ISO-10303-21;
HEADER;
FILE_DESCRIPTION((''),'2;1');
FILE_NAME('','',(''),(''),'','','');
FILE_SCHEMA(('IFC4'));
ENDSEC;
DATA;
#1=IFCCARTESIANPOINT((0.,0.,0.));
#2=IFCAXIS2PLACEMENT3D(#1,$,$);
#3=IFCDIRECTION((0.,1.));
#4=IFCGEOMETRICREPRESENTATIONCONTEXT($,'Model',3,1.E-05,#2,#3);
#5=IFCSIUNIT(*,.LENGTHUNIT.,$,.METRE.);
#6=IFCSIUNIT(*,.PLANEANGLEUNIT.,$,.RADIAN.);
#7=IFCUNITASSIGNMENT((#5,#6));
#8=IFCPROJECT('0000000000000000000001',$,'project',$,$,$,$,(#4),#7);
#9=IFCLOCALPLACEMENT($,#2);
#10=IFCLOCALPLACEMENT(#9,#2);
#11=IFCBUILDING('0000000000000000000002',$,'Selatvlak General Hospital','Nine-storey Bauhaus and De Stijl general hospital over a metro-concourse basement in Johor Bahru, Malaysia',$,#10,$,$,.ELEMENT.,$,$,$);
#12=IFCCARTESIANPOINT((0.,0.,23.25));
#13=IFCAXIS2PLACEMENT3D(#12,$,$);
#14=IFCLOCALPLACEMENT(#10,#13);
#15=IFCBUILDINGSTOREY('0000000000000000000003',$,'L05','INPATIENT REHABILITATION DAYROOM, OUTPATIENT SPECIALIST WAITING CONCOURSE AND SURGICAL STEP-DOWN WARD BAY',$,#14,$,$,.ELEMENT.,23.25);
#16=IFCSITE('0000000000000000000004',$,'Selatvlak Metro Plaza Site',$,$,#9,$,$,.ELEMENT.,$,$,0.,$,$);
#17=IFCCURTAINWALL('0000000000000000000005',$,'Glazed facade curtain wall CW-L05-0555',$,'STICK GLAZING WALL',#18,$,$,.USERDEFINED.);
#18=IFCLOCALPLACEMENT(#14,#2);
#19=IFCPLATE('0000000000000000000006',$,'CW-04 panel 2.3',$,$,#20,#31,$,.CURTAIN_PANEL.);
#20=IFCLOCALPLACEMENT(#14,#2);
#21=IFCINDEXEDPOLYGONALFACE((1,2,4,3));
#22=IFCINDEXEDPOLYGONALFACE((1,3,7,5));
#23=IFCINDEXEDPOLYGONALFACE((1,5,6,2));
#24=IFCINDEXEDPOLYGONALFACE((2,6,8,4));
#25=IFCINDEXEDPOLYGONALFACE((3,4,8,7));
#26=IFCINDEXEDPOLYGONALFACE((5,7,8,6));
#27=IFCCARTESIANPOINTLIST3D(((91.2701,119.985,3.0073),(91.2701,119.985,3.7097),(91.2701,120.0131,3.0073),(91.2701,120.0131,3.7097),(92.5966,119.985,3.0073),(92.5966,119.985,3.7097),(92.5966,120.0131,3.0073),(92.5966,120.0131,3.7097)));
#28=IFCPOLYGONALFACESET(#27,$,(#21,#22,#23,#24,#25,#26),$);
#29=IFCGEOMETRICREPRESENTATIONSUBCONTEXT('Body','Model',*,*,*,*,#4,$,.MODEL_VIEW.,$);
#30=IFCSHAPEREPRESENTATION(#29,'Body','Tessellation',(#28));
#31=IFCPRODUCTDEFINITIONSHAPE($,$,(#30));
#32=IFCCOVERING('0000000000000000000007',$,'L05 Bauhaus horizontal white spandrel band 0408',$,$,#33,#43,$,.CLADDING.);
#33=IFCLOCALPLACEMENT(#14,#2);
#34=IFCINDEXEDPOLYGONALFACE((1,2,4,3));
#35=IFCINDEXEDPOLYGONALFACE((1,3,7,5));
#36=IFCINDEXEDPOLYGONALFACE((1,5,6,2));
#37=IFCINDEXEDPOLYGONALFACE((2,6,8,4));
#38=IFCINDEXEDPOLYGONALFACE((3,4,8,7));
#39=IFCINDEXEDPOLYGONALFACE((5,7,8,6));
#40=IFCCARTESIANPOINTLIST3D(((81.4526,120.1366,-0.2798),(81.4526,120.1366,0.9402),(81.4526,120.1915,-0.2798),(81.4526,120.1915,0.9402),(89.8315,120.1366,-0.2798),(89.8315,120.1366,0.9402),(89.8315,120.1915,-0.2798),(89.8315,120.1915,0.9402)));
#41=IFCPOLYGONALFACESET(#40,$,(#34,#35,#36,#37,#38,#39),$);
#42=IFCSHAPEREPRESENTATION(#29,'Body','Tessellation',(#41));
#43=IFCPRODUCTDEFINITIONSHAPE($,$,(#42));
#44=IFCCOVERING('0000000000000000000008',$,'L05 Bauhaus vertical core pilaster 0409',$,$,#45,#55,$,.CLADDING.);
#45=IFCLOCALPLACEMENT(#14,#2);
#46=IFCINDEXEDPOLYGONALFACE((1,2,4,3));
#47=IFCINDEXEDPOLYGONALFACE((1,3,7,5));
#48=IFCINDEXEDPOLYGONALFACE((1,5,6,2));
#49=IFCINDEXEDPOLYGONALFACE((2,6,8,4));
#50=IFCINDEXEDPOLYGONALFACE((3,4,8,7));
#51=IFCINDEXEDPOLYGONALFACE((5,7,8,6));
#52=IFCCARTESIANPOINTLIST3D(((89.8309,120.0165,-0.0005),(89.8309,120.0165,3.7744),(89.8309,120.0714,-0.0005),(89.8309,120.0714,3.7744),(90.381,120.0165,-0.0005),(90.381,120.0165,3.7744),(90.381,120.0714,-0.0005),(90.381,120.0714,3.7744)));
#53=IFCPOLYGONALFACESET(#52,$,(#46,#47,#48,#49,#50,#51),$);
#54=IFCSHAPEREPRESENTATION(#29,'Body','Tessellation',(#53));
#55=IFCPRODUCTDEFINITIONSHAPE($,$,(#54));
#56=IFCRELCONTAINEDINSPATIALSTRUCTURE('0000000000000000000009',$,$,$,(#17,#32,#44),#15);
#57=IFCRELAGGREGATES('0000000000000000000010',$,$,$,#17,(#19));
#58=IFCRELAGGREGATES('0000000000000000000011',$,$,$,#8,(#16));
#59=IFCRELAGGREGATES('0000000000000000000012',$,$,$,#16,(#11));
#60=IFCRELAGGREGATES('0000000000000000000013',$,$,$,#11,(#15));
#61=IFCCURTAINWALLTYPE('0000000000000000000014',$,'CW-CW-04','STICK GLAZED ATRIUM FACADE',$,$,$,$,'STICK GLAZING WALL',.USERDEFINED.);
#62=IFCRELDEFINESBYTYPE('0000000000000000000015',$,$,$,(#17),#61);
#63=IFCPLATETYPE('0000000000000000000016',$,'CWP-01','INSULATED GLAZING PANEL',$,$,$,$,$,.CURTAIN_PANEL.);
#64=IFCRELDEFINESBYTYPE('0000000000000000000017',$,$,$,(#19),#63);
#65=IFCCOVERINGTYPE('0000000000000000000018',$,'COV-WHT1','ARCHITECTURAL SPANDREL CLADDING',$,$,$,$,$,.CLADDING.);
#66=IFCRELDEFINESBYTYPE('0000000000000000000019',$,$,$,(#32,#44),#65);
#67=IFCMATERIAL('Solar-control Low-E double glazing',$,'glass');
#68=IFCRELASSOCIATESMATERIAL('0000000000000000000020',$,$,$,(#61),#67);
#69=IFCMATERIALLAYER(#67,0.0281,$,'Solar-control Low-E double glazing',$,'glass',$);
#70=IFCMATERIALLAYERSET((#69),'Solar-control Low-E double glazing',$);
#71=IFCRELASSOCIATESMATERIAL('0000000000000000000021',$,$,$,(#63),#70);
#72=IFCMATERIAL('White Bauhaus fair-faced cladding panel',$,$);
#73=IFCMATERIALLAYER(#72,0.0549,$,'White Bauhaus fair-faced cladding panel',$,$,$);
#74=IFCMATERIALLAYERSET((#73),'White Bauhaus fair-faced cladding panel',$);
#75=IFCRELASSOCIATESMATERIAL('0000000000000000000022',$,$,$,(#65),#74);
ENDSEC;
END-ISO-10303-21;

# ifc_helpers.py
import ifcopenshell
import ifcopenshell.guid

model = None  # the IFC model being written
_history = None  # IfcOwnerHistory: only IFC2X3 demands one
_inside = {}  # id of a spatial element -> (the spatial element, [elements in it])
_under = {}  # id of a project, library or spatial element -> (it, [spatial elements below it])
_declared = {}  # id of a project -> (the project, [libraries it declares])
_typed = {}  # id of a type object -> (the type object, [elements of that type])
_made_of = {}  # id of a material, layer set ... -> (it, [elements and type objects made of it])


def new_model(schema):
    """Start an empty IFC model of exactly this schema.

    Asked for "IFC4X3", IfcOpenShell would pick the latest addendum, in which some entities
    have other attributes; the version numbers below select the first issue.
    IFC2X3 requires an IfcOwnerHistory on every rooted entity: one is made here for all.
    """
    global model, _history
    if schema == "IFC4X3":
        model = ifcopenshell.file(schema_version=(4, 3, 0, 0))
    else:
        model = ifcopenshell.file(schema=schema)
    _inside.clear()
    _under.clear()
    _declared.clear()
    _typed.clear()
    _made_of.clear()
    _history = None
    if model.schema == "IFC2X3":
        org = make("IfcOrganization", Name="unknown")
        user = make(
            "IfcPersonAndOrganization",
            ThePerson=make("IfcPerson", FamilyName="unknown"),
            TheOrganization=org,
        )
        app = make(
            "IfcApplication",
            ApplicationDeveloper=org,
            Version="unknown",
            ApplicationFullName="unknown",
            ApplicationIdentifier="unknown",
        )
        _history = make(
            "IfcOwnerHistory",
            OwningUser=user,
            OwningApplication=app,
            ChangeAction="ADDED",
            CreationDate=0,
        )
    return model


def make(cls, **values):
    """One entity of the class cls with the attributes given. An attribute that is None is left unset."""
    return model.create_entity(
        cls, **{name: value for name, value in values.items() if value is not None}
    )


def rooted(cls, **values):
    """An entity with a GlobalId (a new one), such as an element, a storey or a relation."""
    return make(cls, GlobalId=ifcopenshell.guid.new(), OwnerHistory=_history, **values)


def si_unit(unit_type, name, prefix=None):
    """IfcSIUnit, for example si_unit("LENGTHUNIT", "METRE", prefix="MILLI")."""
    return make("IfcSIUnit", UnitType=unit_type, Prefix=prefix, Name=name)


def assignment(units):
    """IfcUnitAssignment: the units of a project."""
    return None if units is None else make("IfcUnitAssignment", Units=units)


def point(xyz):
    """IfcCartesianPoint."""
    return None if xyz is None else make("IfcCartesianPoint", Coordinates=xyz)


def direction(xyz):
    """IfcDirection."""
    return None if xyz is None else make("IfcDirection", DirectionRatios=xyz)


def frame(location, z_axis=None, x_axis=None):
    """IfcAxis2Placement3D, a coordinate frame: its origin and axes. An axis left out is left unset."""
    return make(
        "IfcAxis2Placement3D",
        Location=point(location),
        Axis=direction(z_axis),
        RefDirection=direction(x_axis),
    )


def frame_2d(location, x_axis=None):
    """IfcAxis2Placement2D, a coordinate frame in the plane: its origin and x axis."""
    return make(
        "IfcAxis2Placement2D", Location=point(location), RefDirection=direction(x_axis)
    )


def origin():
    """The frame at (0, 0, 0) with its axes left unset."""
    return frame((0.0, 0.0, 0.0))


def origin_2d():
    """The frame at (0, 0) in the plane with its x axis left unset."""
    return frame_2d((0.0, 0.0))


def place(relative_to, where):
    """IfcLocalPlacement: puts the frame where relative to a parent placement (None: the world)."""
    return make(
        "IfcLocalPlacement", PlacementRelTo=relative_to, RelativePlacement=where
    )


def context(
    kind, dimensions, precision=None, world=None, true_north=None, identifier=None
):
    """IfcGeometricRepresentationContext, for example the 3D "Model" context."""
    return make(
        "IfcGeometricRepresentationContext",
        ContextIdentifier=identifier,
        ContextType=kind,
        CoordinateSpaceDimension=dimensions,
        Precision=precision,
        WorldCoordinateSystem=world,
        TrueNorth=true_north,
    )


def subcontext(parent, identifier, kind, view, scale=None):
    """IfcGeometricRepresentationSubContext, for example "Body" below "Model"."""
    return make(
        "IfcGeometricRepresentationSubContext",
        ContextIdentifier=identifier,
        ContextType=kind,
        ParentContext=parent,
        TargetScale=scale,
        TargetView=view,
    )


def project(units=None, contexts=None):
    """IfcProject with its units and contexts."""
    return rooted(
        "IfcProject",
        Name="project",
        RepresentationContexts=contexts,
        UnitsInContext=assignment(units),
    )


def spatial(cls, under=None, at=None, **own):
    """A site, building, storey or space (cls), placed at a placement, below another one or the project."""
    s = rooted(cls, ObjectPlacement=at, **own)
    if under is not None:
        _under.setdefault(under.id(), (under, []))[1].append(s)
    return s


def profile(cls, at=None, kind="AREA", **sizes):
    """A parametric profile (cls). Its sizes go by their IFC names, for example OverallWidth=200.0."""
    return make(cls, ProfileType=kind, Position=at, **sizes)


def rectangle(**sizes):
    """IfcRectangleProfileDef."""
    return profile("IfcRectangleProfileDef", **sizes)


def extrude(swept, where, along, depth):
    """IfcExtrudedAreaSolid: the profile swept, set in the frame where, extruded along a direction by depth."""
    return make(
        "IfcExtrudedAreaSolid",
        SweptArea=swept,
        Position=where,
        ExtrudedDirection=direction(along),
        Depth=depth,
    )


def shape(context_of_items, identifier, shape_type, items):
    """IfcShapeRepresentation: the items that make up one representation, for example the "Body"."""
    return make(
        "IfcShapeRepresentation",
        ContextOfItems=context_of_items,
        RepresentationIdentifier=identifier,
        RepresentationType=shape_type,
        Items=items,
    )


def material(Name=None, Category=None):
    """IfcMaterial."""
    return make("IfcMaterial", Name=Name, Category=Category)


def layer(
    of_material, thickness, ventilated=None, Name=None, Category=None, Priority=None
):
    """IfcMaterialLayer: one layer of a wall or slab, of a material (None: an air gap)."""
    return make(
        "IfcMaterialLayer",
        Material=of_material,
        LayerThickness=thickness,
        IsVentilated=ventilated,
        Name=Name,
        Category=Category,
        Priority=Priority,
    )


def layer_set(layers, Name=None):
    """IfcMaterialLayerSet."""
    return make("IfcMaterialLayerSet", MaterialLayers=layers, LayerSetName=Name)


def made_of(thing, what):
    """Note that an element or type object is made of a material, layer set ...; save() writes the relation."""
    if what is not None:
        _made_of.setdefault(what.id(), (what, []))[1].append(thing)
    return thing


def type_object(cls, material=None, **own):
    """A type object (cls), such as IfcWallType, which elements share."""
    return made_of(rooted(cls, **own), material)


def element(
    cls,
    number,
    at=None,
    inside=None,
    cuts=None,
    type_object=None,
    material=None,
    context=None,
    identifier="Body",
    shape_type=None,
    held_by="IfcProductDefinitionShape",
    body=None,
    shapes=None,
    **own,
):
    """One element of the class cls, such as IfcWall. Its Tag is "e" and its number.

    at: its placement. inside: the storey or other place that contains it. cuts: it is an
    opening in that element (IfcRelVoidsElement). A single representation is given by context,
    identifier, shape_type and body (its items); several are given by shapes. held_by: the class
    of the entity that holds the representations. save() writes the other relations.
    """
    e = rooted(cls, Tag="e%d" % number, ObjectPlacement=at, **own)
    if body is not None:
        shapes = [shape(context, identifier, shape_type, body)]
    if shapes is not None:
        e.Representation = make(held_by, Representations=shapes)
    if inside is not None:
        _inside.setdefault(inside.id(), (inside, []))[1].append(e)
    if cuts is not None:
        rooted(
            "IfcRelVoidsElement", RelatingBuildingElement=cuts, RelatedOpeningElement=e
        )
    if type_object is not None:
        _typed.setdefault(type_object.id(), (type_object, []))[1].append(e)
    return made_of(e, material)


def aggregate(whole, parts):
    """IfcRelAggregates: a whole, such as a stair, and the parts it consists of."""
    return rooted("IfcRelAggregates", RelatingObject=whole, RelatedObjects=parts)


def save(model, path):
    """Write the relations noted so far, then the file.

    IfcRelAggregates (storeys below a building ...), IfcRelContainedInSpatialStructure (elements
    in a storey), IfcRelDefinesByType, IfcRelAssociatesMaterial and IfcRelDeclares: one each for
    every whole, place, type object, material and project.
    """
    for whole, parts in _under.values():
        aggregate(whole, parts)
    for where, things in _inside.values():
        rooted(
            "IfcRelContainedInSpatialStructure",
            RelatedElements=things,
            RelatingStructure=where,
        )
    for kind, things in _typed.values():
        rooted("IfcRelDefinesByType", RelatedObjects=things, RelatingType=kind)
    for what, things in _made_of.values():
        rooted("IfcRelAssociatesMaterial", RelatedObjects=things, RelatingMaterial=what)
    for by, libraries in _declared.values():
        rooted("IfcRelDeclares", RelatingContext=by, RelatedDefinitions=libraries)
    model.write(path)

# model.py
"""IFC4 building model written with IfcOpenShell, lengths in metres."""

from ifc_helpers import new_model, si_unit, direction, frame, origin, origin_2d, place, context, subcontext, project, spatial, rectangle, extrude, material, layer, layer_set, type_object, element, aggregate, save


model = new_model("IFC4")

# Units and contexts
model_context = context("Model", 3, precision=1e-05, world=origin(), true_north=direction((0.0, 1.0)))
body_context = subcontext(model_context, "Body", "Model", "MODEL_VIEW")
ifc_project = project(units=[si_unit("LENGTHUNIT", "METRE"), si_unit("PLANEANGLEUNIT", "RADIAN")], contexts=[model_context])

# Site, building, storey
site_placement = place(None, origin())
site = spatial("IfcSite", under=ifc_project, at=site_placement, Name="Selatvlak Metro Plaza Site", CompositionType="ELEMENT", RefElevation=0.0)
building_placement = place(site_placement, origin())
building = spatial("IfcBuilding", under=site, at=building_placement, Name="Selatvlak General Hospital", Description="Nine-storey Bauhaus and De Stijl general hospital over a metro-concourse basement in Johor Bahru, Malaysia", CompositionType="ELEMENT")
storey_placement = place(building_placement, frame((0.0, 0.0, 23.25)))
storey = spatial("IfcBuildingStorey", under=building, at=storey_placement, Name="L05", Description="INPATIENT REHABILITATION DAYROOM, OUTPATIENT SPECIALIST WAITING CONCOURSE AND SURGICAL STEP-DOWN WARD BAY", CompositionType="ELEMENT", Elevation=23.25)

# Curtain wall
ifc_material_1 = material(Name="Solar-control Low-E double glazing", Category="glass")
curtain_wall_type_1 = type_object("IfcCurtainWallType", Name="CW-CW-04", Description="STICK GLAZED ATRIUM FACADE", ElementType="STICK GLAZING WALL", PredefinedType="USERDEFINED", material=ifc_material_1)
curtain_wall_1_placement = place(storey_placement, origin())
curtain_wall_1 = element("IfcCurtainWall", 1, at=curtain_wall_1_placement, inside=storey, type_object=curtain_wall_type_1, Name="Glazed facade curtain wall CW-L05-0555", ObjectType="STICK GLAZING WALL", PredefinedType="USERDEFINED")

# Plate
ifc_layer_1 = layer(ifc_material_1, 0.0281, Name="Solar-control Low-E double glazing", Category="glass")
ifc_layer_set_1 = layer_set([ifc_layer_1], Name="Solar-control Low-E double glazing")
plate_type = type_object("IfcPlateType", Name="CWP-01", Description="INSULATED GLAZING PANEL", PredefinedType="CURTAIN_PANEL", material=ifc_layer_set_1)
plate_1_placement = place(storey_placement, frame((91.9333, 119.999, 3.0073), z_axis=(0.0, 0.0, 1.0), x_axis=(1.0, 0.0, 0.0)))
plate_1 = element("IfcPlate", 2, at=plate_1_placement, type_object=plate_type, Name="CW-04 panel 2.3", PredefinedType="CURTAIN_PANEL", context=body_context, shape_type="SweptSolid", body=[
    extrude(rectangle(XDim=1.3264, YDim=0.0281, at=origin_2d()), origin(), (0.0, 0.0, 1.0), 0.7024),
])
aggregate(curtain_wall_1, [plate_1])

# Coverings
ifc_material_2 = material(Name="White Bauhaus fair-faced cladding panel")
ifc_layer_2 = layer(ifc_material_2, 0.0549, Name="White Bauhaus fair-faced cladding panel")
ifc_layer_set_2 = layer_set([ifc_layer_2], Name="White Bauhaus fair-faced cladding panel")
covering_type = type_object("IfcCoveringType", Name="COV-WHT1", Description="ARCHITECTURAL SPANDREL CLADDING", PredefinedType="CLADDING", material=ifc_layer_set_2)
covering_1_placement = place(storey_placement, frame((85.6421, 120.1641, -0.2798), z_axis=(0.0, 0.0, 1.0), x_axis=(1.0, 0.0, 0.0)))
element("IfcCovering", 3, at=covering_1_placement, inside=storey, type_object=covering_type, Name="L05 Bauhaus horizontal white spandrel band 0408", PredefinedType="CLADDING", context=body_context, shape_type="SweptSolid", body=[
    extrude(rectangle(XDim=8.3789, YDim=0.0549, at=origin_2d()), origin(), (0.0, 0.0, 1.0), 1.22),
])
covering_2_placement = place(storey_placement, frame((90.106, 120.0439, -0.0005), z_axis=(0.0, 0.0, 1.0), x_axis=(1.0, 0.0, 0.0)))
element("IfcCovering", 4, at=covering_2_placement, inside=storey, type_object=covering_type, Name="L05 Bauhaus vertical core pilaster 0409", PredefinedType="CLADDING", context=body_context, shape_type="SweptSolid", body=[
    extrude(rectangle(XDim=0.55, YDim=0.0549, at=origin_2d()), origin(), (0.0, 0.0, 1.0), 3.7749),
])

save(model, "model.ifc")
